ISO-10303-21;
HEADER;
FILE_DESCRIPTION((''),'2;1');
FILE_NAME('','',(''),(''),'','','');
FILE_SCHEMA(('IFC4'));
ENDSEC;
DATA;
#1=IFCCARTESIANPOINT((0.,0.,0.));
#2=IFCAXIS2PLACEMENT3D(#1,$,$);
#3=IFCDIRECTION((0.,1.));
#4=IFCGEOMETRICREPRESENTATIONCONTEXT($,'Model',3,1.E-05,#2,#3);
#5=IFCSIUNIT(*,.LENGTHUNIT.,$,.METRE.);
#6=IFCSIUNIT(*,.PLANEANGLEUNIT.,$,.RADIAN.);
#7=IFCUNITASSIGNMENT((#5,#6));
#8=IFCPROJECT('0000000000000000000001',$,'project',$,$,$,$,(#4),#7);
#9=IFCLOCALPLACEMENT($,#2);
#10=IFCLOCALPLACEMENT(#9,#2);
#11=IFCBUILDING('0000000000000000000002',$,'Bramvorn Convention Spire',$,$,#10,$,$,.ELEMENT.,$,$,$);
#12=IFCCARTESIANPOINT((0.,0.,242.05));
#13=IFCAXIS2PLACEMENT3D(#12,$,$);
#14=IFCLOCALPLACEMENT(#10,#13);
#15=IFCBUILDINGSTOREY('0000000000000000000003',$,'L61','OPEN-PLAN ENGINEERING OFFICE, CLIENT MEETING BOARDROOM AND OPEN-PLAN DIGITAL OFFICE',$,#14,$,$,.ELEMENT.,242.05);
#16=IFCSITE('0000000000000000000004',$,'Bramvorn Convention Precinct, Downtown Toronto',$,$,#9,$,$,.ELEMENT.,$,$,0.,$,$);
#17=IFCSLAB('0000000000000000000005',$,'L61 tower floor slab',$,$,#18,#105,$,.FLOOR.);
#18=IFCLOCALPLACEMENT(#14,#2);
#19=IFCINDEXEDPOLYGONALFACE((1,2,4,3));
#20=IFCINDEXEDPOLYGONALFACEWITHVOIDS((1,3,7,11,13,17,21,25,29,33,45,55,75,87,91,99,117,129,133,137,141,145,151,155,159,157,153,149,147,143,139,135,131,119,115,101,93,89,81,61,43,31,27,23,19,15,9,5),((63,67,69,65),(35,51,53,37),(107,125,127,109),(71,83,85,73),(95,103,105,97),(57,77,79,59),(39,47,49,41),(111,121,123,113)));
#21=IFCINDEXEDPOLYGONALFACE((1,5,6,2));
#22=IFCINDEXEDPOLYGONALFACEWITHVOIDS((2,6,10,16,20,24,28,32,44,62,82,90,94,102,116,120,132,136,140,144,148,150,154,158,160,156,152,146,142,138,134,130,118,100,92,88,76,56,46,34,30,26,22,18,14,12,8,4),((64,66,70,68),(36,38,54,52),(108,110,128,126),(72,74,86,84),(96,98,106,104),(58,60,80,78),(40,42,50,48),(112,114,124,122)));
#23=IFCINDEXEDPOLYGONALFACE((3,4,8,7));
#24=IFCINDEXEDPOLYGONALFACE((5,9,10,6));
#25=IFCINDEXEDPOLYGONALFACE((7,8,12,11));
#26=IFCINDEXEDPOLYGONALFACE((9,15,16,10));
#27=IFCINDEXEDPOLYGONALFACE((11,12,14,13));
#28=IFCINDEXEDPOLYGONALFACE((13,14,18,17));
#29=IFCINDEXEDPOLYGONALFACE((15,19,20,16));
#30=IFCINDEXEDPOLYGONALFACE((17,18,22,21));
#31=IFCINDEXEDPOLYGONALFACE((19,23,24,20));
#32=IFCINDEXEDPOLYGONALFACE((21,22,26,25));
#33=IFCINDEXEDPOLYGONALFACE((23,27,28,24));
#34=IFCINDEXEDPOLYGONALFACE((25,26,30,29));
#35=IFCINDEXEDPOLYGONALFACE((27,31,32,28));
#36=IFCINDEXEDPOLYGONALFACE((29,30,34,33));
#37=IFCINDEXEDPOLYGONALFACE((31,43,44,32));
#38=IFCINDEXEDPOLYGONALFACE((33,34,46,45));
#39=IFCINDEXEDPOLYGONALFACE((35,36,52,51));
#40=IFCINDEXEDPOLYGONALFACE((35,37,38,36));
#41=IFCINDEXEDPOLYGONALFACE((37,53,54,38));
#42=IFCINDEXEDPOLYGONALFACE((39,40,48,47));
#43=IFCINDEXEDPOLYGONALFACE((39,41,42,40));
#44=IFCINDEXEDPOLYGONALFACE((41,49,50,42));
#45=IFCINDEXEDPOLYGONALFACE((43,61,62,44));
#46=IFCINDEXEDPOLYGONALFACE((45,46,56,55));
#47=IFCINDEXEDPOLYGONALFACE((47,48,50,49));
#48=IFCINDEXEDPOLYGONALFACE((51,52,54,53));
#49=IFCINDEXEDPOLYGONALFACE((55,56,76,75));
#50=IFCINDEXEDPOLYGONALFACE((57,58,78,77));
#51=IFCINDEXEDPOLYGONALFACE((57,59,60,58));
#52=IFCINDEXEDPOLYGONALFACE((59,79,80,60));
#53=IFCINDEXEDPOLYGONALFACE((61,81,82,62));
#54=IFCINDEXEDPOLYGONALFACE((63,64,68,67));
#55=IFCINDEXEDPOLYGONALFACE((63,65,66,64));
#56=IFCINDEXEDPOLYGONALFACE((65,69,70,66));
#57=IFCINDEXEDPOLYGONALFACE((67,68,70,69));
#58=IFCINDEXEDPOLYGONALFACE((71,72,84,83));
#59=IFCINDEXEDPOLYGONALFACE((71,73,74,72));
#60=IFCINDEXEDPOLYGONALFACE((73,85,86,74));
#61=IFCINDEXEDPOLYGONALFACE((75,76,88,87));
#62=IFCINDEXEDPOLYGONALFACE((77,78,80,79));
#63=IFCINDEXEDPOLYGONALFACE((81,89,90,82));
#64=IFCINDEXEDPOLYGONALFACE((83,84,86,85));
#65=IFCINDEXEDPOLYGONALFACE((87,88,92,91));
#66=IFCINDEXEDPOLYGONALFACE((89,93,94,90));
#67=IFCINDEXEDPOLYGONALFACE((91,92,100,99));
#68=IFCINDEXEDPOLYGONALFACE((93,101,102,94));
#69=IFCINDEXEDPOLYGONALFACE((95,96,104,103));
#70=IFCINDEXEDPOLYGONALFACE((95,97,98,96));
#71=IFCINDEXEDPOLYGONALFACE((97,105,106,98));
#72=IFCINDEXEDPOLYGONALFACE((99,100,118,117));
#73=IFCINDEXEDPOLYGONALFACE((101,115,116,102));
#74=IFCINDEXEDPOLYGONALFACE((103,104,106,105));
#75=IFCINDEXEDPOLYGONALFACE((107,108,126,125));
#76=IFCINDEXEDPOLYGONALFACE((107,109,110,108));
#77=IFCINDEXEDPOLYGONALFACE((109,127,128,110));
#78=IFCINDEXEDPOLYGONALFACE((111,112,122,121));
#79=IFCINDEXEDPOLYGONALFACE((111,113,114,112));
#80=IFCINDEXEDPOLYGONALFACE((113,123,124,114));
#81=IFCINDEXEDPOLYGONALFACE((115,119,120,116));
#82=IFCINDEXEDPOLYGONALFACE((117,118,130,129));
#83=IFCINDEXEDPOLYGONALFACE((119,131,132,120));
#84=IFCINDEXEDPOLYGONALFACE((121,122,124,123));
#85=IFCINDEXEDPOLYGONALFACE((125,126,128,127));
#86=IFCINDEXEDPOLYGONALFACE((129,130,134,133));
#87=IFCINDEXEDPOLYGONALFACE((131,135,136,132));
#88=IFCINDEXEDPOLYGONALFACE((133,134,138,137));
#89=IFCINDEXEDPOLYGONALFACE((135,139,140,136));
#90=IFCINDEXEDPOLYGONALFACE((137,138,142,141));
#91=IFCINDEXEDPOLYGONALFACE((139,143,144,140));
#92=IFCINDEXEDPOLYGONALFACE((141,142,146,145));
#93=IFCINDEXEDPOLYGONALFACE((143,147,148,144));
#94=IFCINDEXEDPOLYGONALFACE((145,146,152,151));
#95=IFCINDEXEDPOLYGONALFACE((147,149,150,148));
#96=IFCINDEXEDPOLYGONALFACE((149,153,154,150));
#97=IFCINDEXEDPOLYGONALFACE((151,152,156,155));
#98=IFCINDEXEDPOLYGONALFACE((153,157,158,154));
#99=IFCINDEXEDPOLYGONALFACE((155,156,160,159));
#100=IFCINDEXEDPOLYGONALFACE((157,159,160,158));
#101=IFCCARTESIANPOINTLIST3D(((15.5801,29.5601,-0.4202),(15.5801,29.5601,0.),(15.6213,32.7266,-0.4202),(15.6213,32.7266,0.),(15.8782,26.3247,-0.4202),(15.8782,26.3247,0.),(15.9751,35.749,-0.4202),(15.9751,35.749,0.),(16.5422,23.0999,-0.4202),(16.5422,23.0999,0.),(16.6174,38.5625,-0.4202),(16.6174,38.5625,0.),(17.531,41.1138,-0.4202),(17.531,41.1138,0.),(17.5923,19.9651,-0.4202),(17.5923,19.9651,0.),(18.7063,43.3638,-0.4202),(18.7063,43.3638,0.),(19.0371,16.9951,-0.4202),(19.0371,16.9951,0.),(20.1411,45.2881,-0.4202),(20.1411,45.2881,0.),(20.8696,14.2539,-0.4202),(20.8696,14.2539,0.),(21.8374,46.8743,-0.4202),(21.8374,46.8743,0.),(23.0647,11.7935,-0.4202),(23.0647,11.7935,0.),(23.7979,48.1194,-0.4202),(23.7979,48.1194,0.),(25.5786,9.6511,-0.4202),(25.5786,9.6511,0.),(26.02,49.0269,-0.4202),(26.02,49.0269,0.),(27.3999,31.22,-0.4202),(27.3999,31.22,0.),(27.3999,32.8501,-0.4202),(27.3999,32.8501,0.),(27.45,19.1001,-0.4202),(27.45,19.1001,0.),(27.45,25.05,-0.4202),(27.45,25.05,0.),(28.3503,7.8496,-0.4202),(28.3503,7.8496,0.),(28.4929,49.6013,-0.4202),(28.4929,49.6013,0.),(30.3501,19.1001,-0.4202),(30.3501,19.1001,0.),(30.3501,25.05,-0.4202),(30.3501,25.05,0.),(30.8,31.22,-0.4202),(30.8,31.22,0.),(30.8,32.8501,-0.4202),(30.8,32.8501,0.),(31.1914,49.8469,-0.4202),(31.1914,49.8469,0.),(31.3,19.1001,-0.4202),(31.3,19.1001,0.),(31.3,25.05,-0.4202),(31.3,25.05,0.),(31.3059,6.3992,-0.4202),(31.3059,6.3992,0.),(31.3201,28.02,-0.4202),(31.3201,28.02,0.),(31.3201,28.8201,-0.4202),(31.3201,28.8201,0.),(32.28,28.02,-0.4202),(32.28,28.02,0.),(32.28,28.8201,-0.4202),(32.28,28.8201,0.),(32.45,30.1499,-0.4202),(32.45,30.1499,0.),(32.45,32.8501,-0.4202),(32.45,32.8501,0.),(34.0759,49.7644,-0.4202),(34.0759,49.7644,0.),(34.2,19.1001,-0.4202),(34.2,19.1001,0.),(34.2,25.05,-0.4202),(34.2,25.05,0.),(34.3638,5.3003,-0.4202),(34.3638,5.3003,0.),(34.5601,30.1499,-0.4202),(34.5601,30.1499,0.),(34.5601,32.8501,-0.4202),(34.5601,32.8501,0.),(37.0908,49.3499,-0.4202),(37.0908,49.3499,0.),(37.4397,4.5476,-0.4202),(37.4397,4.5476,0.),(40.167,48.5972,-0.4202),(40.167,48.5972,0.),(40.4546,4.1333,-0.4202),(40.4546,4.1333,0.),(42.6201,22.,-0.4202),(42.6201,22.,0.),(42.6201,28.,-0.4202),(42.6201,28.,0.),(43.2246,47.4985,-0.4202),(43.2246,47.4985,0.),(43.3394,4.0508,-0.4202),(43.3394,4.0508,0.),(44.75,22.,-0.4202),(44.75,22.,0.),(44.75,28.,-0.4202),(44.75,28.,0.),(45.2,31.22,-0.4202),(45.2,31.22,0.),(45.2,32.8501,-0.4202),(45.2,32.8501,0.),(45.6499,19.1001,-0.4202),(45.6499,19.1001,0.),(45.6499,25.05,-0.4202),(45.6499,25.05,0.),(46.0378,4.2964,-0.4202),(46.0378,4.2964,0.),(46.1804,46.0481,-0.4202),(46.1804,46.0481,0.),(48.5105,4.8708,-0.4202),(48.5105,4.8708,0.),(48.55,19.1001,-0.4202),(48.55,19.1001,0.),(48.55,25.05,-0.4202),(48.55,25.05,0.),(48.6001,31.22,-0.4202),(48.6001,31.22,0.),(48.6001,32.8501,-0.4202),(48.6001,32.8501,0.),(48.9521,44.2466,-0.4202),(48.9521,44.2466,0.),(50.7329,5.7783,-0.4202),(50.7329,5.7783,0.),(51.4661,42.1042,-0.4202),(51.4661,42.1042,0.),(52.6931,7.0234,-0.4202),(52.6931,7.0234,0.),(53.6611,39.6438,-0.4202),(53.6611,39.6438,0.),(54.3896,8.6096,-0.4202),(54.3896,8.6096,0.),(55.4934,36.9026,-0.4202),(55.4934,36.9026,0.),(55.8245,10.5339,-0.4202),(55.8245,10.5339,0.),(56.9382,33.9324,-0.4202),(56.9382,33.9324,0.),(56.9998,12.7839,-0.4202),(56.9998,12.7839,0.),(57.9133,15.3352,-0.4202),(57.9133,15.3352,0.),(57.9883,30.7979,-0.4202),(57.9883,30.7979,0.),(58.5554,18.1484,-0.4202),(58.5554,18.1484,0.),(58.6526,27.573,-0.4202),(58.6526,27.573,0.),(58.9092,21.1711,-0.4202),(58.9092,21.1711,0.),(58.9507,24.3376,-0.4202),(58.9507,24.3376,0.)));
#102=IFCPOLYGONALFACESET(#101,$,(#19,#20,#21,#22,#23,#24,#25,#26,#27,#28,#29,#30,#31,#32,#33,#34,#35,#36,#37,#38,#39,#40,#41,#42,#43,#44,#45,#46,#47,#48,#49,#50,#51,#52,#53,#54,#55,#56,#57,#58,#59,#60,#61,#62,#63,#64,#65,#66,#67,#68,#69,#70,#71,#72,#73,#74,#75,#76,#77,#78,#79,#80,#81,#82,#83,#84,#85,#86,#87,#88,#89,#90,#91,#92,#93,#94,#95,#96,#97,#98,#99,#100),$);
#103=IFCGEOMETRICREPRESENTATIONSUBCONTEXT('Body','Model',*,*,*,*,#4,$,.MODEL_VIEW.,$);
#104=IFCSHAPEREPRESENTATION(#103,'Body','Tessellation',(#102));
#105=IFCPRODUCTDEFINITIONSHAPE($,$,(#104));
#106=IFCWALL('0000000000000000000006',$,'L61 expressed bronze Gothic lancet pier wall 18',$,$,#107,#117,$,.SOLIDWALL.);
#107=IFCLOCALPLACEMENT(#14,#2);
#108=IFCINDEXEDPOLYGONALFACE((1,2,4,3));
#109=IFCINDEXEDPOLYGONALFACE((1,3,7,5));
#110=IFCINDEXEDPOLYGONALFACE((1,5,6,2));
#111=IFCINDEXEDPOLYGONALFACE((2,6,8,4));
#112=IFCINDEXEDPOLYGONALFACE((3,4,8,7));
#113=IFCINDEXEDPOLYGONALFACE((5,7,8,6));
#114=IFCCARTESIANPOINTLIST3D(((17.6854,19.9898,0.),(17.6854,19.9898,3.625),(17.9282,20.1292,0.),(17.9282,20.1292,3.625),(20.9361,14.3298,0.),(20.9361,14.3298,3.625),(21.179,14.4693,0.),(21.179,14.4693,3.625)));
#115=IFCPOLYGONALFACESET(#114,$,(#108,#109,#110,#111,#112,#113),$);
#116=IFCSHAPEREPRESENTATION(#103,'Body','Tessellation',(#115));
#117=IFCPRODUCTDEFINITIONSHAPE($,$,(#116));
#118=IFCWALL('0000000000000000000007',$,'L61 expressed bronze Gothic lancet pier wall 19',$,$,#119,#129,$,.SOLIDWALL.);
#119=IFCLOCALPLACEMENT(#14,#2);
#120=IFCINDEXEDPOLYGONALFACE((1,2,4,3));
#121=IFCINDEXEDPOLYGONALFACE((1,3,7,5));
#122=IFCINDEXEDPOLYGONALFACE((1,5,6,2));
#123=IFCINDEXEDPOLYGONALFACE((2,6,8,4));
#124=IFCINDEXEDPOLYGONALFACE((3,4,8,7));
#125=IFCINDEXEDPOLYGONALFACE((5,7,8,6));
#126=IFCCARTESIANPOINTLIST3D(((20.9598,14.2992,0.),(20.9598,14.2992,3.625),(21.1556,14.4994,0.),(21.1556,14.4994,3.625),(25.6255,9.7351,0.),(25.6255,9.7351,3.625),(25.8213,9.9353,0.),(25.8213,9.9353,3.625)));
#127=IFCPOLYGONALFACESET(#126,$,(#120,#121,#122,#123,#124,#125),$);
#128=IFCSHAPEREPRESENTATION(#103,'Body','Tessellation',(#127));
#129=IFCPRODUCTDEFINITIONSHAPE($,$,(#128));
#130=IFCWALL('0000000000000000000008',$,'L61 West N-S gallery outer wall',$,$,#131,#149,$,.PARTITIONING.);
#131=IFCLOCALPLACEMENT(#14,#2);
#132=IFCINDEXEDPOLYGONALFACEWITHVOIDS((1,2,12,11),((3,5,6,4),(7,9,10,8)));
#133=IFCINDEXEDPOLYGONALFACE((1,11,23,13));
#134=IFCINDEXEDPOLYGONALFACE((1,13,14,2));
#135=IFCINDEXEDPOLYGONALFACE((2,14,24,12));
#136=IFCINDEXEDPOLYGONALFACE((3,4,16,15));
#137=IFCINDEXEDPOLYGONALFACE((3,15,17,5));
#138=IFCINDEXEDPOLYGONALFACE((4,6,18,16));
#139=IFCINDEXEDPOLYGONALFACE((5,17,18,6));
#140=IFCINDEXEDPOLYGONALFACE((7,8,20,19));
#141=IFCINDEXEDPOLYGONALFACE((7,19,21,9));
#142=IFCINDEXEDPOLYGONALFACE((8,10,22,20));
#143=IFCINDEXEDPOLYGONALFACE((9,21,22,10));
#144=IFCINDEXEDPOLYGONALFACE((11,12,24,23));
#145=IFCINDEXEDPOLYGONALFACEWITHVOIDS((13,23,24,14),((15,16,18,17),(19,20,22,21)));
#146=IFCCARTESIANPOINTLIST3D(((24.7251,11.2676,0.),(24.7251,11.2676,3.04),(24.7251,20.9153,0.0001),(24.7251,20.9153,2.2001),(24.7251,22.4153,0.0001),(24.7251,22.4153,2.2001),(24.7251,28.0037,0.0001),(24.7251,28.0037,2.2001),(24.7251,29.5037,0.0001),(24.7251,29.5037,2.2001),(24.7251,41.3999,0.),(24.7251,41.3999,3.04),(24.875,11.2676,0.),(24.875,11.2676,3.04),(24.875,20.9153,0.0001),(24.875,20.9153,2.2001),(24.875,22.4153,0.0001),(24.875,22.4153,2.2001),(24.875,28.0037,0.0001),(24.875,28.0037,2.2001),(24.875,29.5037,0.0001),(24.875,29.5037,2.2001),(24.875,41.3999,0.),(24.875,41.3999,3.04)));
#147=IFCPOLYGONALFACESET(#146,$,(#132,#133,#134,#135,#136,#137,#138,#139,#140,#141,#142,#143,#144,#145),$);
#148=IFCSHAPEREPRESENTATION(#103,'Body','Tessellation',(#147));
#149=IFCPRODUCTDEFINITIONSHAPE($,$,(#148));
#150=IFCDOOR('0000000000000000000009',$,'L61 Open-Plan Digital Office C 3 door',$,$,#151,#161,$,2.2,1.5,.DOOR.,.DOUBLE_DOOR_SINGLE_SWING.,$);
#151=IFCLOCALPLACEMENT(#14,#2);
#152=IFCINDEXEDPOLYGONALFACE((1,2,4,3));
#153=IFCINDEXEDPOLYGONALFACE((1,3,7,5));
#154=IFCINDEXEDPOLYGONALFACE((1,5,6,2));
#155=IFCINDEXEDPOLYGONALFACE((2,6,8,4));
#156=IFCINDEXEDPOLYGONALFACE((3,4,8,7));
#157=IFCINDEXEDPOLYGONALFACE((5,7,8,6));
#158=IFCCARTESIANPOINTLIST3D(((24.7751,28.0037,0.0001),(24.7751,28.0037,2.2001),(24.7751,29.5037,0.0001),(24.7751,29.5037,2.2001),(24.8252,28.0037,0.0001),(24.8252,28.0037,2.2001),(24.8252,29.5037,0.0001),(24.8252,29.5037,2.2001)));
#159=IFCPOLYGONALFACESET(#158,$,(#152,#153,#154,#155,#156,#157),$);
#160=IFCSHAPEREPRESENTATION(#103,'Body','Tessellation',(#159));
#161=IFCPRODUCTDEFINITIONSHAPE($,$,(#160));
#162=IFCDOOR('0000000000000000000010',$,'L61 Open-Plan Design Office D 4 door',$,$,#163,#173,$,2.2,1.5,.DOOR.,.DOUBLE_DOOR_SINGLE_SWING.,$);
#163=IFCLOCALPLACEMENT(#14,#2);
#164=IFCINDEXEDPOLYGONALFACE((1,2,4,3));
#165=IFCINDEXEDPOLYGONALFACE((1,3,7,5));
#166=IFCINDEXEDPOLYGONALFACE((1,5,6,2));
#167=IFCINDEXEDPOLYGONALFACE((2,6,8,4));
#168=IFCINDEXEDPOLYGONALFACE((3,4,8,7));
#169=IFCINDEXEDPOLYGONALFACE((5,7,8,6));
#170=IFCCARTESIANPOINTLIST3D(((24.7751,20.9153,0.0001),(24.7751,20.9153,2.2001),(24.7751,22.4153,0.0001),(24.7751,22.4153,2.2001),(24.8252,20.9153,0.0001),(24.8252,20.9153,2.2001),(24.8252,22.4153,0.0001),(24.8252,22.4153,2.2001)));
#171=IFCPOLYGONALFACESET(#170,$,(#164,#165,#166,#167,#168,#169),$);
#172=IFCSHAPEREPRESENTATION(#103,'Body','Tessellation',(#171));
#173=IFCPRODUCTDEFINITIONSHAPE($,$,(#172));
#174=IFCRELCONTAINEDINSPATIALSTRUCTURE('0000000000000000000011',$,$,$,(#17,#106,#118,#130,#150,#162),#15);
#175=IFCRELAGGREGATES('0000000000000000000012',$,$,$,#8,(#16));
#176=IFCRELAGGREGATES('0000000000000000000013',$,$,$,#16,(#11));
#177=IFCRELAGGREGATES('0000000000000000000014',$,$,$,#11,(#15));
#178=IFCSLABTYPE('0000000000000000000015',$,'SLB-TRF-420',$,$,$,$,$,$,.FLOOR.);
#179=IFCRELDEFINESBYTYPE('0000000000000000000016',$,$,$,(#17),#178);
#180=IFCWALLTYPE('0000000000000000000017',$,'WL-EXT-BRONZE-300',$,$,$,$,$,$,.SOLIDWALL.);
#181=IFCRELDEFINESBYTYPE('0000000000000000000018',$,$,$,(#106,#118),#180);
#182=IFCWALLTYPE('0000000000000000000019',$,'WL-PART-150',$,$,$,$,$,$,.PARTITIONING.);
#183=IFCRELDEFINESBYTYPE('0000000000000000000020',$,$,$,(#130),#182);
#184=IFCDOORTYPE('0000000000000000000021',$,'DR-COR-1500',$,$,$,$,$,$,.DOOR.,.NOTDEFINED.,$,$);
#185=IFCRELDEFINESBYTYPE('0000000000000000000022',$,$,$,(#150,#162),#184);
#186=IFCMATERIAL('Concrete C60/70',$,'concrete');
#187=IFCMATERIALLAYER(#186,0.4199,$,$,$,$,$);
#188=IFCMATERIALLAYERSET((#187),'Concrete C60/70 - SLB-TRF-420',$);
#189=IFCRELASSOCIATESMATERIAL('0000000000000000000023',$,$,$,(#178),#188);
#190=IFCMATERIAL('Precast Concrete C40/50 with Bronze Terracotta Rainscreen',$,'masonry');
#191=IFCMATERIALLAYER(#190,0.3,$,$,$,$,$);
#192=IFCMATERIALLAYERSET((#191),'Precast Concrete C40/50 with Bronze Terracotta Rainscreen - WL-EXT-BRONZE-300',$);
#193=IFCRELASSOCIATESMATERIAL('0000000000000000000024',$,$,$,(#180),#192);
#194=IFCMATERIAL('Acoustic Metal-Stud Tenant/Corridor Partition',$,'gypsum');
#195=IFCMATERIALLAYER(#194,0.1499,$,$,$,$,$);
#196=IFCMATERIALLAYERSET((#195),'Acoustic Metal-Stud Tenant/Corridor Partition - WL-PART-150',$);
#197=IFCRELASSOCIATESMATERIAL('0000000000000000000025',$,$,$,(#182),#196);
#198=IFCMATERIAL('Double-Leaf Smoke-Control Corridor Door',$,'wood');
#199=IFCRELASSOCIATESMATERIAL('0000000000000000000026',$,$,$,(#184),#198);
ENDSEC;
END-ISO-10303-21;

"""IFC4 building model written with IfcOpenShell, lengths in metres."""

from ifc_helpers import new_model, si_unit, direction, frame, frame_2d, origin, place, context, subcontext, project, spatial, polyline, rectangle, outline, extrude, material, layer, layer_set, type_object, element, fill, save


model = new_model("IFC4")

# Units and contexts
model_context = context("Model", 3, precision=1e-05, world=origin(), true_north=direction((0.0, 1.0)))
body_context = subcontext(model_context, "Body", "Model", "MODEL_VIEW")
ifc_project = project(units=[si_unit("LENGTHUNIT", "METRE"), si_unit("PLANEANGLEUNIT", "RADIAN")], contexts=[model_context])

# Site, building, storey
site_placement = place(None, origin())
site = spatial("IfcSite", under=ifc_project, at=site_placement, Name="Bramvorn Convention Precinct, Downtown Toronto", CompositionType="ELEMENT", RefElevation=0.0)
building_placement = place(site_placement, origin())
building = spatial("IfcBuilding", under=site, at=building_placement, Name="Bramvorn Convention Spire", CompositionType="ELEMENT")
storey_placement = place(building_placement, frame((0.0, 0.0, 242.05)))
storey = spatial("IfcBuildingStorey", under=building, at=storey_placement, Name="L61", Description="OPEN-PLAN ENGINEERING OFFICE, CLIENT MEETING BOARDROOM AND OPEN-PLAN DIGITAL OFFICE", CompositionType="ELEMENT", Elevation=242.05)

# Slab
ifc_material_1 = material(Name="Concrete C60/70", Category="concrete")
ifc_layer_1 = layer(ifc_material_1, 0.4199)
ifc_layer_set_1 = layer_set([ifc_layer_1], Name="Concrete C60/70 - SLB-TRF-420")
slab_type_1 = type_object("IfcSlabType", Name="SLB-TRF-420", PredefinedType="FLOOR", material=ifc_layer_set_1)
slab_1_placement = place(storey_placement, frame((0.0, 0.0, -0.4202)))
element("IfcSlab", 1, at=slab_1_placement, inside=storey, type_object=slab_type_1, Name="L61 tower floor slab", PredefinedType="FLOOR", context=body_context, shape_type="SweptSolid", body=[
    extrude(outline(polyline([(52.6931, 7.0234), (54.3896, 8.6096), (55.8245, 10.5339), (56.9998, 12.7839), (57.9133, 15.3352), (58.5554, 18.1484), (58.9092, 21.1711), (58.9507, 24.3376), (58.6526, 27.573), (57.9883, 30.7979), (56.9382, 33.9324), (55.4934, 36.9026), (53.6611, 39.6438), (51.4661, 42.1042), (48.9521, 44.2466), (46.1804, 46.0481), (43.2246, 47.4985), (40.167, 48.5972), (37.0908, 49.3499), (34.0759, 49.7644), (31.1914, 49.8469), (28.4929, 49.6013), (26.02, 49.0269), (23.7979, 48.1194), (21.8374, 46.8743), (20.1411, 45.2881), (18.7063, 43.3638), (17.531, 41.1138), (16.6174, 38.5625), (15.9751, 35.749), (15.6213, 32.7266), (15.5801, 29.5601), (15.8782, 26.3247), (16.5422, 23.0999), (17.5923, 19.9651), (19.0371, 16.9951), (20.8696, 14.2539), (23.0647, 11.7935), (25.5786, 9.6511), (28.3503, 7.8496), (31.3059, 6.3992), (34.3638, 5.3003), (37.4397, 4.5476), (40.4546, 4.1333), (43.3394, 4.0508), (46.0378, 4.2964), (48.5105, 4.8708), (50.7329, 5.7783), (52.6931, 7.0234)]), holes=[polyline([(27.45, 25.05), (27.45, 19.1001), (30.3501, 19.1001), (30.3501, 25.05), (27.45, 25.05)]), polyline([(45.6499, 25.05), (45.6499, 19.1001), (48.55, 19.1001), (48.55, 25.05), (45.6499, 25.05)]), polyline([(31.3, 25.05), (31.3, 19.1001), (34.2, 19.1001), (34.2, 25.05), (31.3, 25.05)]), polyline([(27.3999, 31.22), (30.8, 31.22), (30.8, 32.8501), (27.3999, 32.8501), (27.3999, 31.22)]), polyline([(45.2, 31.22), (48.6001, 31.22), (48.6001, 32.8501), (45.2, 32.8501), (45.2, 31.22)]), polyline([(32.45, 30.1499), (34.5601, 30.1499), (34.5601, 32.8501), (32.45, 32.8501), (32.45, 30.1499)]), polyline([(42.6201, 22.0), (44.75, 22.0), (44.75, 28.0), (42.6201, 28.0), (42.6201, 22.0)]), polyline([(31.3201, 28.02), (32.28, 28.02), (32.28, 28.8201), (31.3201, 28.8201), (31.3201, 28.02)])]), origin(), (0.0, 0.0, 1.0), 0.4202),
])

# Walls
ifc_material_2 = material(Name="Precast Concrete C40/50 with Bronze Terracotta Rainscreen", Category="masonry")
ifc_layer_2 = layer(ifc_material_2, 0.3)
ifc_layer_set_2 = layer_set([ifc_layer_2], Name="Precast Concrete C40/50 with Bronze Terracotta Rainscreen - WL-EXT-BRONZE-300")
wall_type_1 = type_object("IfcWallType", Name="WL-EXT-BRONZE-300", PredefinedType="SOLIDWALL", material=ifc_layer_set_2)
wall_1_placement = place(storey_placement, frame((21.0576, 14.3994, 0.0), z_axis=(0.0, 0.0, 1.0), x_axis=(-0.498043, 0.867152, 0.0)))
element("IfcWall", 2, at=wall_1_placement, inside=storey, type_object=wall_type_1, Name="L61 expressed bronze Gothic lancet pier wall 18", PredefinedType="SOLIDWALL", context=body_context, shape_type="SweptSolid", body=[
    extrude(rectangle(XDim=6.5271, YDim=0.28, at=frame_2d((3.2637, 0.0))), origin(), (0.0, 0.0, 1.0), 3.625),
])
wall_2_placement = place(storey_placement, frame((25.7234, 9.8352, 0.0), z_axis=(0.0, 0.0, 1.0), x_axis=(-0.714844, 0.699284, 0.0)))
element("IfcWall", 3, at=wall_2_placement, inside=storey, type_object=wall_type_1, Name="L61 expressed bronze Gothic lancet pier wall 19", PredefinedType="SOLIDWALL", context=body_context, shape_type="SweptSolid", body=[
    extrude(rectangle(XDim=6.5269, YDim=0.28, at=frame_2d((3.2634, 0.0))), origin(), (0.0, 0.0, 1.0), 3.625),
])

# Wall, openings, doors
ifc_material_3 = material(Name="Acoustic Metal-Stud Tenant/Corridor Partition", Category="gypsum")
ifc_layer_3 = layer(ifc_material_3, 0.1499)
ifc_layer_set_3 = layer_set([ifc_layer_3], Name="Acoustic Metal-Stud Tenant/Corridor Partition - WL-PART-150")
wall_type_2 = type_object("IfcWallType", Name="WL-PART-150", PredefinedType="PARTITIONING", material=ifc_layer_set_3)
wall_3_placement = place(storey_placement, frame((24.8, 11.2676, 0.0), z_axis=(0.0, 0.0, 1.0), x_axis=(0.0, 1.0, 0.0)))
wall_3 = element("IfcWall", 4, at=wall_3_placement, inside=storey, type_object=wall_type_2, Name="L61 West N-S gallery outer wall", PredefinedType="PARTITIONING", context=body_context, shape_type="SweptSolid", body=[
    extrude(rectangle(XDim=30.1323, YDim=0.1499, at=frame_2d((15.0662, 0.0))), origin(), (0.0, 0.0, 1.0), 3.04),
])
opening_1_placement = place(wall_3_placement, frame((16.7361, 0.0, 0.0)))
opening_1 = element("IfcOpeningElement", 5, at=opening_1_placement, cuts=wall_3, PredefinedType="OPENING", context=body_context, shape_type="SweptSolid", body=[
    extrude(rectangle(XDim=1.5, YDim=2.2, at=frame_2d((0.75, 1.1001))), frame((0.0, 0.085, 0.0), z_axis=(0.0, -1.0, 0.0), x_axis=(1.0, 0.0, 0.0)), (0.0, 0.0, 1.0), 0.1699),
])
opening_2_placement = place(wall_3_placement, frame((9.6477, 0.0, 0.0)))
opening_2 = element("IfcOpeningElement", 6, at=opening_2_placement, cuts=wall_3, PredefinedType="OPENING", context=body_context, shape_type="SweptSolid", body=[
    extrude(rectangle(XDim=1.5, YDim=2.2, at=frame_2d((0.75, 1.1001))), frame((0.0, 0.085, 0.0), z_axis=(0.0, -1.0, 0.0), x_axis=(1.0, 0.0, 0.0)), (0.0, 0.0, 1.0), 0.1699),
])
ifc_material_4 = material(Name="Double-Leaf Smoke-Control Corridor Door", Category="wood")
door_type = type_object("IfcDoorType", Name="DR-COR-1500", OperationType="NOTDEFINED", PredefinedType="DOOR", material=ifc_material_4)
door_1_placement = place(opening_1_placement, origin())
door_1 = element("IfcDoor", 7, at=door_1_placement, inside=storey, type_object=door_type, Name="L61 Open-Plan Digital Office C 3 door", OperationType="DOUBLE_DOOR_SINGLE_SWING", OverallHeight=2.2, OverallWidth=1.5, PredefinedType="DOOR", context=body_context, shape_type="SweptSolid", body=[
    extrude(rectangle(XDim=1.5, YDim=2.2, at=frame_2d((0.75, 1.1001))), frame((0.0, 0.0249, 0.0), z_axis=(0.0, -1.0, 0.0), x_axis=(1.0, 0.0, 0.0)), (0.0, 0.0, 1.0), 0.05),
])
fill(opening_1, door_1)
door_2_placement = place(opening_2_placement, origin())
door_2 = element("IfcDoor", 8, at=door_2_placement, inside=storey, type_object=door_type, Name="L61 Open-Plan Design Office D 4 door", OperationType="DOUBLE_DOOR_SINGLE_SWING", OverallHeight=2.2, OverallWidth=1.5, PredefinedType="DOOR", context=body_context, shape_type="SweptSolid", body=[
    extrude(rectangle(XDim=1.5, YDim=2.2, at=frame_2d((0.75, 1.1001))), frame((0.0, 0.0249, 0.0), z_axis=(0.0, -1.0, 0.0), x_axis=(1.0, 0.0, 0.0)), (0.0, 0.0, 1.0), 0.05),
])
fill(opening_2, door_2)

save(model, "model.ifc")
